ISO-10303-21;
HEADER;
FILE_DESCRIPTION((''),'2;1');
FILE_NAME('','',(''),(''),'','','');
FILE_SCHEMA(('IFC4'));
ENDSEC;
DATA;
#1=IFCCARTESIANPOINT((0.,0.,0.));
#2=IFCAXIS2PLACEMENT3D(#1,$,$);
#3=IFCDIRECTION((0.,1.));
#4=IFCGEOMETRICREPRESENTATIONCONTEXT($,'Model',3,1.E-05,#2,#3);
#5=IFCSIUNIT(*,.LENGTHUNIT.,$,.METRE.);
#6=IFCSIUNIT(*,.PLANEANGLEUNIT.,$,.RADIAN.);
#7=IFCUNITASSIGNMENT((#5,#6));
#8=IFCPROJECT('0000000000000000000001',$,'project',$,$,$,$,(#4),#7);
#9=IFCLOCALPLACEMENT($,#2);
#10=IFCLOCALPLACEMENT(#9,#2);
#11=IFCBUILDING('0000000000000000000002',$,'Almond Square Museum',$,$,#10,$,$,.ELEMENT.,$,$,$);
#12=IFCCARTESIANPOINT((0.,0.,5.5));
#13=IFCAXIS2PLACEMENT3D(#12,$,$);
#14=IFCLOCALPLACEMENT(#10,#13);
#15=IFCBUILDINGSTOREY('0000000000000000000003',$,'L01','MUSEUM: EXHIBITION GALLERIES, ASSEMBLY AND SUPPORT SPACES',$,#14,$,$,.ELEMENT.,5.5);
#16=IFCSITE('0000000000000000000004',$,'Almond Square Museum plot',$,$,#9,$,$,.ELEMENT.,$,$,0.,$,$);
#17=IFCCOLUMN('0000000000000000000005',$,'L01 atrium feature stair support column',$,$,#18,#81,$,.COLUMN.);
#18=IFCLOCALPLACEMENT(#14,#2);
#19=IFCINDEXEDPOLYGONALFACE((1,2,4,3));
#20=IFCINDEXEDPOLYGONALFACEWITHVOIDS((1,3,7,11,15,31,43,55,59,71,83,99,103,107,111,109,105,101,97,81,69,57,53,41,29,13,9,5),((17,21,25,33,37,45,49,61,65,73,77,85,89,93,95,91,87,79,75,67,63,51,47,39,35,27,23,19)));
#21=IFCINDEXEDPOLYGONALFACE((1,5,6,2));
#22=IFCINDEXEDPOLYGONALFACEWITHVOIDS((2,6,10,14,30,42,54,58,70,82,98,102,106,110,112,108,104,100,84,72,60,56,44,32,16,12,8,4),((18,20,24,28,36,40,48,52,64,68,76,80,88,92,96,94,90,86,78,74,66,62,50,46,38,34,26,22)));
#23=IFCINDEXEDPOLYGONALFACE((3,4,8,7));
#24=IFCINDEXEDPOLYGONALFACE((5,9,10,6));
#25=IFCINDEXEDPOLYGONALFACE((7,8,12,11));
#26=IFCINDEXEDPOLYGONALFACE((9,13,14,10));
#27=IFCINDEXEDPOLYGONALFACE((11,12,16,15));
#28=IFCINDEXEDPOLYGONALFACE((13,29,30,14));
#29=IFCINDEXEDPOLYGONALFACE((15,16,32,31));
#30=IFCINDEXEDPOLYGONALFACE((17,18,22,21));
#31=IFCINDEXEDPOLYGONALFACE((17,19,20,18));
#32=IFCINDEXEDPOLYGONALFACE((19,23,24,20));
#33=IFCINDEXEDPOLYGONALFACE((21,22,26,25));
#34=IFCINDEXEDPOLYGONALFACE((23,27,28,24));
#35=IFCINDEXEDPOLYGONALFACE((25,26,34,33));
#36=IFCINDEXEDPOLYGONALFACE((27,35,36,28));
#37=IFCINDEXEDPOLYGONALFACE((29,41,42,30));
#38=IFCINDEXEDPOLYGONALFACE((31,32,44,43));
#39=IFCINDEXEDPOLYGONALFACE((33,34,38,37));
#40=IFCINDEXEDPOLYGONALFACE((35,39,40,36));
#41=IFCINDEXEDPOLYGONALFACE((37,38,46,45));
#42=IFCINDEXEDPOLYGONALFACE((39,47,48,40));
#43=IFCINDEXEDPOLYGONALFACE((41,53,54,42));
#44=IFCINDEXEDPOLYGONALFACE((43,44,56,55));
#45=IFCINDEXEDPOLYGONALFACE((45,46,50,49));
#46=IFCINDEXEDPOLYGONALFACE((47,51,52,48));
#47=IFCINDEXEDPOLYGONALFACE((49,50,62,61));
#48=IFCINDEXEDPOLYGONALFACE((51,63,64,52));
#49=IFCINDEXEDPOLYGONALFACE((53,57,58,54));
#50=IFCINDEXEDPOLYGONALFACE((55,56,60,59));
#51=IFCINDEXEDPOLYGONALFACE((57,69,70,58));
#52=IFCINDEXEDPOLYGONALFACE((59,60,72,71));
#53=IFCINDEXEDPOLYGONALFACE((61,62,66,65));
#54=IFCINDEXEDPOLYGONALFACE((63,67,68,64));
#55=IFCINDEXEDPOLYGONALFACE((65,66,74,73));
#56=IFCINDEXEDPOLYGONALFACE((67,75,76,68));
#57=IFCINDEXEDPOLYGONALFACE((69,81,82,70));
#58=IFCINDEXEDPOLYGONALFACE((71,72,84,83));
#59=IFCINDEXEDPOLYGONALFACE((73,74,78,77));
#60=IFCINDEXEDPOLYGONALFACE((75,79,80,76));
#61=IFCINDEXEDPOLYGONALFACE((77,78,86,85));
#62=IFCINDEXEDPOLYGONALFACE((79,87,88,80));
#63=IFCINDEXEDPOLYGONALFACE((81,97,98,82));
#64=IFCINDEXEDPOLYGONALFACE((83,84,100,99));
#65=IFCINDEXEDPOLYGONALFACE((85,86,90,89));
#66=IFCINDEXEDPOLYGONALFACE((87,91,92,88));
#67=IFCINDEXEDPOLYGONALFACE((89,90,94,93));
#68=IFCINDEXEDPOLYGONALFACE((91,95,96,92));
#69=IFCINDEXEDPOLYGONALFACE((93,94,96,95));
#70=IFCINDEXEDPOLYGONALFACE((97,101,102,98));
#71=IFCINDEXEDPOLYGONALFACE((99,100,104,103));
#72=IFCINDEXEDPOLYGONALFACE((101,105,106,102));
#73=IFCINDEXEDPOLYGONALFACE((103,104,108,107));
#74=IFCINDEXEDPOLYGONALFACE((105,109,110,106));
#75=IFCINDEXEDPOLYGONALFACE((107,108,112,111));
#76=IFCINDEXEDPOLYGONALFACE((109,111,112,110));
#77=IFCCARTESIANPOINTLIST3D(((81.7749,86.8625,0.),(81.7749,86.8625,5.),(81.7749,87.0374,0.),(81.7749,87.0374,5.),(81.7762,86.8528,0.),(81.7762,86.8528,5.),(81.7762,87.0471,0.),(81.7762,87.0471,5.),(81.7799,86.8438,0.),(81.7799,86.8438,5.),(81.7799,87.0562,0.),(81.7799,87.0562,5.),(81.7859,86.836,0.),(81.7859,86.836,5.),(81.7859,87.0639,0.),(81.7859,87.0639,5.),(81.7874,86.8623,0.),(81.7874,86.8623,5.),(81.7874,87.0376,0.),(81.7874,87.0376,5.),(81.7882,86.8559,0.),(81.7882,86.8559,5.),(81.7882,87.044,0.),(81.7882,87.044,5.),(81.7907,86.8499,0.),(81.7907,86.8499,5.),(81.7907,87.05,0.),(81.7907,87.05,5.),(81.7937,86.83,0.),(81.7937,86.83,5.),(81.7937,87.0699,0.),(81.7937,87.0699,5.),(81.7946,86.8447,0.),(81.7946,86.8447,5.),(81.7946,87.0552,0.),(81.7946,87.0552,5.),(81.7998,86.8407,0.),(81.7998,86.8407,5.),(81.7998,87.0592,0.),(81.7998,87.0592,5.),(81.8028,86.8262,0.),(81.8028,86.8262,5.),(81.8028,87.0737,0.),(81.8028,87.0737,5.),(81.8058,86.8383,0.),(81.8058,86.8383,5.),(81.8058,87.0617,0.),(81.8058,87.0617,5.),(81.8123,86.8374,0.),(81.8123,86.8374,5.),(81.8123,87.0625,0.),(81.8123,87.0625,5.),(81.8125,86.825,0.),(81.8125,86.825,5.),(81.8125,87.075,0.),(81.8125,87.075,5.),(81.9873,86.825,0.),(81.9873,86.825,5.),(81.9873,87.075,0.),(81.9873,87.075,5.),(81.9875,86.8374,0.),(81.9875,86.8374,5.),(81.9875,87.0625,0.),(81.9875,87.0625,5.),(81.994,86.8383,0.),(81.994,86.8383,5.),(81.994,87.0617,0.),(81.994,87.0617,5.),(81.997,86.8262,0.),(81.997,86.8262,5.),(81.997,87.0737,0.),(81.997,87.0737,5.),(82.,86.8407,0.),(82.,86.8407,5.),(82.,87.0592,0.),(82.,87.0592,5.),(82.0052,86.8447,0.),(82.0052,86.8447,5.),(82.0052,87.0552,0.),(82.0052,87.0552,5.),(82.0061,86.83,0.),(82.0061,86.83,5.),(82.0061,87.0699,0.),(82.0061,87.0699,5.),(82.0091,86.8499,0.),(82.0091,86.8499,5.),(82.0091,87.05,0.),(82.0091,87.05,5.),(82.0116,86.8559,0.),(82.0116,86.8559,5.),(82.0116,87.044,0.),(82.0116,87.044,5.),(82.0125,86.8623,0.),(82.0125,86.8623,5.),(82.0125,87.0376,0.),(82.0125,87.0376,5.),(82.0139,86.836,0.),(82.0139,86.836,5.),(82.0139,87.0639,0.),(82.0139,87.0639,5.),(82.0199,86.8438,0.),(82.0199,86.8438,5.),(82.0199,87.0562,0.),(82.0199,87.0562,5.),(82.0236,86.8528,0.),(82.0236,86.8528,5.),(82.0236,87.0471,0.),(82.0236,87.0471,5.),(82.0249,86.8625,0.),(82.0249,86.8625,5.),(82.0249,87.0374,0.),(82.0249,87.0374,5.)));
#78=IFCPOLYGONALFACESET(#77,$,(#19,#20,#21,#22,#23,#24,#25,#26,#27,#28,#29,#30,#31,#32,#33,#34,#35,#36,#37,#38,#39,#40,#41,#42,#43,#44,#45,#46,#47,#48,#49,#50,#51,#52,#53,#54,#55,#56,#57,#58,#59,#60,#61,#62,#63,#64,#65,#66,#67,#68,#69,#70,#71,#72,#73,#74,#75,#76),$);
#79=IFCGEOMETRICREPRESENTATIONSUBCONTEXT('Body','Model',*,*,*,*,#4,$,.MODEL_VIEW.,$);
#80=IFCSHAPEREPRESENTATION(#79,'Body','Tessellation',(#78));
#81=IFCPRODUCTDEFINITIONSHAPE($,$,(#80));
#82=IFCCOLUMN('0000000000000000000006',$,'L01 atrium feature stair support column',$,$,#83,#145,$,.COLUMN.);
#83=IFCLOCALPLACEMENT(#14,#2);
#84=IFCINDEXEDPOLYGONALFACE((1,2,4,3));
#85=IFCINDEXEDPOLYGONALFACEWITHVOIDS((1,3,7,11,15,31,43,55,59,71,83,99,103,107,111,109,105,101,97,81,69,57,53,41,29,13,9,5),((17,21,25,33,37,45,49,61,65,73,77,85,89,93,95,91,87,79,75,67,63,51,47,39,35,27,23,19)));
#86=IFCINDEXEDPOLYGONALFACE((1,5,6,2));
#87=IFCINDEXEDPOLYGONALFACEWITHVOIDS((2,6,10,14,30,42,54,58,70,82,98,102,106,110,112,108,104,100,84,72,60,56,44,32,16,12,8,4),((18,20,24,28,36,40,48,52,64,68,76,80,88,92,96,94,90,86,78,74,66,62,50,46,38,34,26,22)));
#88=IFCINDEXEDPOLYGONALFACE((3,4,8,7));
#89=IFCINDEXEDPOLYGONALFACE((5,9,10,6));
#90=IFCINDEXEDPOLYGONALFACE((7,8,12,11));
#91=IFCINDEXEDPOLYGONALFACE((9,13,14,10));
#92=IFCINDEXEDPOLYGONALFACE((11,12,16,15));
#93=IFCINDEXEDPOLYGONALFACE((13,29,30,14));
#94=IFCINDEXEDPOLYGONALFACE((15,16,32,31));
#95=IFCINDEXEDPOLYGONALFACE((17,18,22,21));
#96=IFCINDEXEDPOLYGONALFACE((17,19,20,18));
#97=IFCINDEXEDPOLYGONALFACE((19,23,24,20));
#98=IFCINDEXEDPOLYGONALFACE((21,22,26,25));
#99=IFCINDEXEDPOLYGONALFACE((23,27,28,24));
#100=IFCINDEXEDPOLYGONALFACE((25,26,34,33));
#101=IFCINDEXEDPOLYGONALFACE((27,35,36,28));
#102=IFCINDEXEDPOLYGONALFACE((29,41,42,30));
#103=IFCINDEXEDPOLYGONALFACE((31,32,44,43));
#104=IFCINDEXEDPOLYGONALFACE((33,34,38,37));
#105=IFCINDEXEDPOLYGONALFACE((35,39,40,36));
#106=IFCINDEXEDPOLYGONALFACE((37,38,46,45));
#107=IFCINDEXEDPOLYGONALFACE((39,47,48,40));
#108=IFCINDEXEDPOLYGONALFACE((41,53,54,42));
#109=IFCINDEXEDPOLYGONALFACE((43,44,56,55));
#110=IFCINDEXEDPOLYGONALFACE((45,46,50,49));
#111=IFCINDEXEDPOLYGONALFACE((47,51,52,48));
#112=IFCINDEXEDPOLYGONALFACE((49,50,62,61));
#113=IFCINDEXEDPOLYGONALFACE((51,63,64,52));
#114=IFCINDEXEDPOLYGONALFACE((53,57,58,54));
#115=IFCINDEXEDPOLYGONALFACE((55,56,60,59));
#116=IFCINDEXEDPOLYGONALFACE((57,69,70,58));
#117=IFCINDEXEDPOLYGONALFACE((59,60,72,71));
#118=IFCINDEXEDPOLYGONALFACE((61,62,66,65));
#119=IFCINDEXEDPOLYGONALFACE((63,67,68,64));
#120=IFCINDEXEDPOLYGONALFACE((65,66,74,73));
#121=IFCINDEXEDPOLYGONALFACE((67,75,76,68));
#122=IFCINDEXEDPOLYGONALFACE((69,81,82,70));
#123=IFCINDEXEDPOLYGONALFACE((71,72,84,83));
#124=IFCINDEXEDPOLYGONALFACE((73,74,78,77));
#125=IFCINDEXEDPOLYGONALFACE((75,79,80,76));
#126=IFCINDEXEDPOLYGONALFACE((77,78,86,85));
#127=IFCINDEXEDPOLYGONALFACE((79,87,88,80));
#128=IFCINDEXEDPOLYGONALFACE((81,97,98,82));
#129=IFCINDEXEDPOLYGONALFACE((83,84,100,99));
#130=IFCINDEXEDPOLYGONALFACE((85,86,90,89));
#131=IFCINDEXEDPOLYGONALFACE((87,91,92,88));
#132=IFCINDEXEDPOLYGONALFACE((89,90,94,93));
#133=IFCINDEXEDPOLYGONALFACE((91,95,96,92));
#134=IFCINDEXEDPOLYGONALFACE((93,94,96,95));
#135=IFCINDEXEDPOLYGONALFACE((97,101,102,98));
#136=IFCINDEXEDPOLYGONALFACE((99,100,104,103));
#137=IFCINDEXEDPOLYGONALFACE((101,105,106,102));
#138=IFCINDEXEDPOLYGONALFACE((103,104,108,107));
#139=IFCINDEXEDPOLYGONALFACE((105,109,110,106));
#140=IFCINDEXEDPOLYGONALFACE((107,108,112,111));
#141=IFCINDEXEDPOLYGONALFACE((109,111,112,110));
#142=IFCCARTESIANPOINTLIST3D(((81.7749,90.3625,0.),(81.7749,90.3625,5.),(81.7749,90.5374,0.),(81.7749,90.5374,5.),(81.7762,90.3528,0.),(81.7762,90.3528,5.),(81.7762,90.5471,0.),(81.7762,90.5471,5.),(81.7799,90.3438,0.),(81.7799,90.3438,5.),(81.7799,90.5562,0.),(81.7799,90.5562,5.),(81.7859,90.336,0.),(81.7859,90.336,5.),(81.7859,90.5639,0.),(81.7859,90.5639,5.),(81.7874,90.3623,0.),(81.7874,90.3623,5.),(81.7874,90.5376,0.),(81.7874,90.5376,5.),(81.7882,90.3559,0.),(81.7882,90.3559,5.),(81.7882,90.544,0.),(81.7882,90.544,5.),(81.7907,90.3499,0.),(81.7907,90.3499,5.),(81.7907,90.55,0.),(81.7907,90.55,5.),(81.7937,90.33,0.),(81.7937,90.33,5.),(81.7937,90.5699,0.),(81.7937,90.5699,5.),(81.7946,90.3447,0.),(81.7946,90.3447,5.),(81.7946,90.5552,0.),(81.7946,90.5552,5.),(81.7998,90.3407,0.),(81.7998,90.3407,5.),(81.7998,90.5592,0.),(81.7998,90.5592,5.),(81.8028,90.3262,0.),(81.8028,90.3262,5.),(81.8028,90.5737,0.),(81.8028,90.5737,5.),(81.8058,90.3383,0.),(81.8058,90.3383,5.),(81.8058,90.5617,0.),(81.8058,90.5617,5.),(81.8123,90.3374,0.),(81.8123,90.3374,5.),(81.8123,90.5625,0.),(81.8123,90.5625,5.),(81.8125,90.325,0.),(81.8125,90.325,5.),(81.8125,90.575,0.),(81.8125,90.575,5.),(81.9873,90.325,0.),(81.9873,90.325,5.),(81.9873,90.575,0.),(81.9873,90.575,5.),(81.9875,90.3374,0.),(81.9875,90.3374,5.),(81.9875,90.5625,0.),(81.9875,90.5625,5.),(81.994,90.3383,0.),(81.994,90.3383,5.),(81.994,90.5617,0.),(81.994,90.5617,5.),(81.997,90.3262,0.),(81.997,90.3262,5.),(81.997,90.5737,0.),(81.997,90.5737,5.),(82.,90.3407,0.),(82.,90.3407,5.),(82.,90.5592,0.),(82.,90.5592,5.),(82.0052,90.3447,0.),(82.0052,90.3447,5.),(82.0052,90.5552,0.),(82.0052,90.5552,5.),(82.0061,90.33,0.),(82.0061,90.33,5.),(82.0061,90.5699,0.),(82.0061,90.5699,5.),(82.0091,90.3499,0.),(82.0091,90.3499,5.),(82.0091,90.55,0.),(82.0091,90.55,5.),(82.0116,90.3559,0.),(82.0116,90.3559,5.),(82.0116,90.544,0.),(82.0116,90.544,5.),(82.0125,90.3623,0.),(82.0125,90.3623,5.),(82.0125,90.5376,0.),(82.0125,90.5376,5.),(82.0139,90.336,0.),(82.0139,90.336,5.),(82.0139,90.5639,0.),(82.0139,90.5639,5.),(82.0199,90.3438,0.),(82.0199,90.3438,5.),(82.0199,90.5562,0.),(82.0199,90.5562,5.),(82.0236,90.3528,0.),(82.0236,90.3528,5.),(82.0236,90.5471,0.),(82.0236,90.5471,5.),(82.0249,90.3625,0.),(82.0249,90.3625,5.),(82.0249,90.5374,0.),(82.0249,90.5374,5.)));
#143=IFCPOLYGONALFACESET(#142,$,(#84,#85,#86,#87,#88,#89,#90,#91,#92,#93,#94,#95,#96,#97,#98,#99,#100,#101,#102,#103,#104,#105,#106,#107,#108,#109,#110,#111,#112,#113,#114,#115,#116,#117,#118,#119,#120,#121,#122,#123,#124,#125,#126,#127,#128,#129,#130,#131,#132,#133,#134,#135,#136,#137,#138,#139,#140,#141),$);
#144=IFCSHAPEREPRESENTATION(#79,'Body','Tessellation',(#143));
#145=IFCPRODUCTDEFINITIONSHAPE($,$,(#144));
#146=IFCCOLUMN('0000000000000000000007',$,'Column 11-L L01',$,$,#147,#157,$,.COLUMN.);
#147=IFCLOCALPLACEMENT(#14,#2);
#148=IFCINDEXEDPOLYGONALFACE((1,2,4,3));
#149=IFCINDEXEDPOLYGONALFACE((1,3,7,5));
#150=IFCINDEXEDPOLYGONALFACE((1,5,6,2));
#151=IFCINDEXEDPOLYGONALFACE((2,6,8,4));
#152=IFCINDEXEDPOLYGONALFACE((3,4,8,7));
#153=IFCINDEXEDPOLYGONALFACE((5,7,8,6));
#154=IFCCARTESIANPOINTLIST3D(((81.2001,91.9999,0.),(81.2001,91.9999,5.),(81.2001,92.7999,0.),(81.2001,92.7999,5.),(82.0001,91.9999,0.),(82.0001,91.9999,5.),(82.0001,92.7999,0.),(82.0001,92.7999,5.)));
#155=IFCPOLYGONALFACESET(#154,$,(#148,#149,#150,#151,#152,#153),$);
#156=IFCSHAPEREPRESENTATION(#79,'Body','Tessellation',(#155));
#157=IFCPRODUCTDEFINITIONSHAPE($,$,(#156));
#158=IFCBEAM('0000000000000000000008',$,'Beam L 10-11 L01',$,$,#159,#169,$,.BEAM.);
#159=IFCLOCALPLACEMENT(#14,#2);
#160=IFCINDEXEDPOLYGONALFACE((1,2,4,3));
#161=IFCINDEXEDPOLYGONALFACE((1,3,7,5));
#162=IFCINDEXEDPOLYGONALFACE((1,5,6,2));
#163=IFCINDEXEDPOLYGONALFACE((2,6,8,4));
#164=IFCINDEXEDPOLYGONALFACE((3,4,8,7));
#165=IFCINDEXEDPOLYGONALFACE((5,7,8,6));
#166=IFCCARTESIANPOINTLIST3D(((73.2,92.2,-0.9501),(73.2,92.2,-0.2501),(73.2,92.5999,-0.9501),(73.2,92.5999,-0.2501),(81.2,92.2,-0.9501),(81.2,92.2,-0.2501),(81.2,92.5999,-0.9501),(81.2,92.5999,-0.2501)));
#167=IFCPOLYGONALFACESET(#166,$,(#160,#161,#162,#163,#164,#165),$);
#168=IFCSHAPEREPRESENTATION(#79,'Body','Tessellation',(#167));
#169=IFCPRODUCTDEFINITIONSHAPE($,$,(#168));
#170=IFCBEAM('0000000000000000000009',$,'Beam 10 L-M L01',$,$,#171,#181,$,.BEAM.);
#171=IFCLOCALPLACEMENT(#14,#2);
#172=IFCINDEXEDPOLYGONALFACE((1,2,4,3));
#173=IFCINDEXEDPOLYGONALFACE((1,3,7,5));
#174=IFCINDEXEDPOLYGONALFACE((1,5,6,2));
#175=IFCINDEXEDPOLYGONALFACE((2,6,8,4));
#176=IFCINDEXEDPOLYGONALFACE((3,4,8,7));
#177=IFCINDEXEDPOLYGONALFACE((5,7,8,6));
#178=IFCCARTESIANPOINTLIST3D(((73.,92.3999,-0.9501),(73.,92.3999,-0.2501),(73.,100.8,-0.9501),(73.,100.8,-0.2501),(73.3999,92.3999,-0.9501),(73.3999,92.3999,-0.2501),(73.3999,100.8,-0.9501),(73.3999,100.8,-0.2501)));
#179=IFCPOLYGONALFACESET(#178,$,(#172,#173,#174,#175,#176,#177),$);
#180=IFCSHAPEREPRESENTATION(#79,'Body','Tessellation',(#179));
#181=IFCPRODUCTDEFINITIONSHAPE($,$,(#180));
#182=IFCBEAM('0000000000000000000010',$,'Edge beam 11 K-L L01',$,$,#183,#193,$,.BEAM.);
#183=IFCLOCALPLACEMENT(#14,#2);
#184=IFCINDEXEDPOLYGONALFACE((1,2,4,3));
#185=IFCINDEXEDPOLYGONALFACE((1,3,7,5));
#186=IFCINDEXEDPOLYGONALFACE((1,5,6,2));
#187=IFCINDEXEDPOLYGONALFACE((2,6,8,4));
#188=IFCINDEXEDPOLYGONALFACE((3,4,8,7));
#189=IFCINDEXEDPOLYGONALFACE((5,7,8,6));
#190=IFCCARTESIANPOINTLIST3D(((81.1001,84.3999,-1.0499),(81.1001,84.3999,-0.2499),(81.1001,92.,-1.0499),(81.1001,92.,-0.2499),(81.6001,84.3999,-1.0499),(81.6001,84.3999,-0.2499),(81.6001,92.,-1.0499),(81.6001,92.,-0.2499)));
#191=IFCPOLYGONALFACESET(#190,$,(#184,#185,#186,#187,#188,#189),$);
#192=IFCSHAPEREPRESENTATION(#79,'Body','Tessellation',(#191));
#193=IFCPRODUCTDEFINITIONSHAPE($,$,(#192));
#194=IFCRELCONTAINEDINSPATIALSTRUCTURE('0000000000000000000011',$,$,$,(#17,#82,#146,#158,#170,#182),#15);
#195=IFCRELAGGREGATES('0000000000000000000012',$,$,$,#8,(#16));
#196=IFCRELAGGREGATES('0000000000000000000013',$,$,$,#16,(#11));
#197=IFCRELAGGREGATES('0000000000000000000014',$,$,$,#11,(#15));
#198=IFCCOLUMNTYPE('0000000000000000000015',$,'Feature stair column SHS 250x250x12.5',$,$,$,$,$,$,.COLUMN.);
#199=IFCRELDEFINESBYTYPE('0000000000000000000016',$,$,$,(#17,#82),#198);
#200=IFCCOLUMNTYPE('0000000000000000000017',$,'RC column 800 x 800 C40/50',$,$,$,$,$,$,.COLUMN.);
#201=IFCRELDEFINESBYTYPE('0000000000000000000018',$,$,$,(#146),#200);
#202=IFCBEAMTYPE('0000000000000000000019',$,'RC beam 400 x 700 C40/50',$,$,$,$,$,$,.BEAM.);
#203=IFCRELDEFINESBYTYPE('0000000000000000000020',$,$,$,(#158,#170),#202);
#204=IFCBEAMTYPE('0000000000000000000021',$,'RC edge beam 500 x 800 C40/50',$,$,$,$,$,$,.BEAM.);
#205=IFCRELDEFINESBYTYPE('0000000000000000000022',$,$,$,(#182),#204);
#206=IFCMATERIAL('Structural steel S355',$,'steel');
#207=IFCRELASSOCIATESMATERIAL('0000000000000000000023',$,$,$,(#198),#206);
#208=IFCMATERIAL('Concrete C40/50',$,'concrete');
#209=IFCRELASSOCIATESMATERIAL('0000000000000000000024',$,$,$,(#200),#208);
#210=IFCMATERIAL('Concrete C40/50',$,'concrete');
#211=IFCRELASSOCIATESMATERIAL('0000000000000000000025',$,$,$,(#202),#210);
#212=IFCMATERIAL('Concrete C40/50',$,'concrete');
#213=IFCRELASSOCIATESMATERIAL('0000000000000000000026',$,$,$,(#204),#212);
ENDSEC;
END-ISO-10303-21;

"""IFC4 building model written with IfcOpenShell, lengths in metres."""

from ifc_helpers import new_model, si_unit, direction, frame, origin, origin_2d, place, context, subcontext, project, spatial, rectangle, hollow_rectangle, extrude, material, material_profile, profile_set, type_object, element, save


model = new_model("IFC4")

# Units and contexts
model_context = context("Model", 3, precision=1e-05, world=origin(), true_north=direction((0.0, 1.0)))
body_context = subcontext(model_context, "Body", "Model", "MODEL_VIEW")
ifc_project = project(units=[si_unit("LENGTHUNIT", "METRE"), si_unit("PLANEANGLEUNIT", "RADIAN")], contexts=[model_context])

# Site, building, storey
site_placement = place(None, origin())
site = spatial("IfcSite", under=ifc_project, at=site_placement, Name="Almond Square Museum plot", CompositionType="ELEMENT", RefElevation=0.0)
building_placement = place(site_placement, origin())
building = spatial("IfcBuilding", under=site, at=building_placement, Name="Almond Square Museum", CompositionType="ELEMENT")
storey_placement = place(building_placement, frame((0.0, 0.0, 5.5)))
storey = spatial("IfcBuildingStorey", under=building, at=storey_placement, Name="L01", Description="MUSEUM: EXHIBITION GALLERIES, ASSEMBLY AND SUPPORT SPACES", CompositionType="ELEMENT", Elevation=5.5)

# Columns
ifc_material_1 = material(Name="Structural steel S355", Category="steel")
ifc_material_profile_1 = material_profile(ifc_material_1, hollow_rectangle(XDim=0.25, YDim=0.25, WallThickness=0.0125, InnerFilletRadius=0.0249, OuterFilletRadius=0.0376, at=origin_2d()))
ifc_profile_set_1 = profile_set([ifc_material_profile_1], Name="Structural steel S355")
column_type_1 = type_object("IfcColumnType", Name="Feature stair column SHS 250x250x12.5", PredefinedType="COLUMN", material=ifc_profile_set_1)
for number, where, z_axis, x_axis, name in (
    (1, (81.8999, 86.95, 0.0), (0.0, 0.0, 1.0), (1.0, 0.0, 0.0), "L01 atrium feature stair support column"),
    (2, (81.8999, 90.45, 0.0), (0.0, 0.0, 1.0), (1.0, 0.0, 0.0), "L01 atrium feature stair support column"),
):
    element("IfcColumn", number, at=place(storey_placement, frame(where, z_axis=z_axis, x_axis=x_axis)), inside=storey, type_object=column_type_1, Name=name, PredefinedType="COLUMN", context=body_context, shape_type="SweptSolid", body=[
        extrude(hollow_rectangle(XDim=0.25, YDim=0.25, WallThickness=0.0125, InnerFilletRadius=0.0249, OuterFilletRadius=0.0376, at=origin_2d()), origin(), (0.0, 0.0, 1.0), 5.0),
    ])
ifc_material_2 = material(Name="Concrete C40/50", Category="concrete")
ifc_material_profile_2 = material_profile(ifc_material_2, rectangle(XDim=0.8, YDim=0.8, at=origin_2d()))
ifc_profile_set_2 = profile_set([ifc_material_profile_2], Name="Concrete C40/50")
column_type_2 = type_object("IfcColumnType", Name="RC column 800 x 800 C40/50", PredefinedType="COLUMN", material=ifc_profile_set_2)
column_placement = place(storey_placement, frame((81.6001, 92.3999, 0.0), z_axis=(0.0, 0.0, 1.0), x_axis=(1.0, 0.0, 0.0)))
element("IfcColumn", 3, at=column_placement, inside=storey, type_object=column_type_2, Name="Column 11-L L01", PredefinedType="COLUMN", context=body_context, shape_type="SweptSolid", body=[
    extrude(rectangle(XDim=0.8, YDim=0.8, at=origin_2d()), origin(), (0.0, 0.0, 1.0), 5.0),
])

# Beams
ifc_material_3 = material(Name="Concrete C40/50", Category="concrete")
ifc_material_profile_3 = material_profile(ifc_material_3, rectangle(XDim=0.3999, YDim=0.7, at=origin_2d()))
ifc_profile_set_3 = profile_set([ifc_material_profile_3], Name="Concrete C40/50")
beam_type_1 = type_object("IfcBeamType", Name="RC beam 400 x 700 C40/50", PredefinedType="BEAM", material=ifc_profile_set_3)
beam_1_placement = place(storey_placement, frame((73.2, 92.3999, -0.6001), z_axis=(1.0, 0.0, 0.0), x_axis=(0.0, 1.0, 0.0)))
element("IfcBeam", 4, at=beam_1_placement, inside=storey, type_object=beam_type_1, Name="Beam L 10-11 L01", PredefinedType="BEAM", context=body_context, shape_type="SweptSolid", body=[
    extrude(rectangle(XDim=0.3999, YDim=0.7, at=origin_2d()), origin(), (0.0, 0.0, 1.0), 8.0),
])
beam_2_placement = place(storey_placement, frame((73.2, 92.3999, -0.6001), z_axis=(0.0, 1.0, 0.0), x_axis=(-1.0, 0.0, 0.0)))
element("IfcBeam", 5, at=beam_2_placement, inside=storey, type_object=beam_type_1, Name="Beam 10 L-M L01", PredefinedType="BEAM", context=body_context, shape_type="SweptSolid", body=[
    extrude(rectangle(XDim=0.3999, YDim=0.7, at=origin_2d()), origin(), (0.0, 0.0, 1.0), 8.4001),
])
ifc_material_4 = material(Name="Concrete C40/50", Category="concrete")
ifc_material_profile_4 = material_profile(ifc_material_4, rectangle(XDim=0.5, YDim=0.8, at=origin_2d()))
ifc_profile_set_4 = profile_set([ifc_material_profile_4], Name="Concrete C40/50")
beam_type_2 = type_object("IfcBeamType", Name="RC edge beam 500 x 800 C40/50", PredefinedType="BEAM", material=ifc_profile_set_4)
beam_3_placement = place(storey_placement, frame((81.3501, 84.3999, -0.6499), z_axis=(0.0, 1.0, 0.0), x_axis=(-1.0, 0.0, 0.0)))
element("IfcBeam", 6, at=beam_3_placement, inside=storey, type_object=beam_type_2, Name="Edge beam 11 K-L L01", PredefinedType="BEAM", context=body_context, shape_type="SweptSolid", body=[
    extrude(rectangle(XDim=0.5, YDim=0.8, at=origin_2d()), origin(), (0.0, 0.0, 1.0), 7.6001),
])

save(model, "model.ifc")
